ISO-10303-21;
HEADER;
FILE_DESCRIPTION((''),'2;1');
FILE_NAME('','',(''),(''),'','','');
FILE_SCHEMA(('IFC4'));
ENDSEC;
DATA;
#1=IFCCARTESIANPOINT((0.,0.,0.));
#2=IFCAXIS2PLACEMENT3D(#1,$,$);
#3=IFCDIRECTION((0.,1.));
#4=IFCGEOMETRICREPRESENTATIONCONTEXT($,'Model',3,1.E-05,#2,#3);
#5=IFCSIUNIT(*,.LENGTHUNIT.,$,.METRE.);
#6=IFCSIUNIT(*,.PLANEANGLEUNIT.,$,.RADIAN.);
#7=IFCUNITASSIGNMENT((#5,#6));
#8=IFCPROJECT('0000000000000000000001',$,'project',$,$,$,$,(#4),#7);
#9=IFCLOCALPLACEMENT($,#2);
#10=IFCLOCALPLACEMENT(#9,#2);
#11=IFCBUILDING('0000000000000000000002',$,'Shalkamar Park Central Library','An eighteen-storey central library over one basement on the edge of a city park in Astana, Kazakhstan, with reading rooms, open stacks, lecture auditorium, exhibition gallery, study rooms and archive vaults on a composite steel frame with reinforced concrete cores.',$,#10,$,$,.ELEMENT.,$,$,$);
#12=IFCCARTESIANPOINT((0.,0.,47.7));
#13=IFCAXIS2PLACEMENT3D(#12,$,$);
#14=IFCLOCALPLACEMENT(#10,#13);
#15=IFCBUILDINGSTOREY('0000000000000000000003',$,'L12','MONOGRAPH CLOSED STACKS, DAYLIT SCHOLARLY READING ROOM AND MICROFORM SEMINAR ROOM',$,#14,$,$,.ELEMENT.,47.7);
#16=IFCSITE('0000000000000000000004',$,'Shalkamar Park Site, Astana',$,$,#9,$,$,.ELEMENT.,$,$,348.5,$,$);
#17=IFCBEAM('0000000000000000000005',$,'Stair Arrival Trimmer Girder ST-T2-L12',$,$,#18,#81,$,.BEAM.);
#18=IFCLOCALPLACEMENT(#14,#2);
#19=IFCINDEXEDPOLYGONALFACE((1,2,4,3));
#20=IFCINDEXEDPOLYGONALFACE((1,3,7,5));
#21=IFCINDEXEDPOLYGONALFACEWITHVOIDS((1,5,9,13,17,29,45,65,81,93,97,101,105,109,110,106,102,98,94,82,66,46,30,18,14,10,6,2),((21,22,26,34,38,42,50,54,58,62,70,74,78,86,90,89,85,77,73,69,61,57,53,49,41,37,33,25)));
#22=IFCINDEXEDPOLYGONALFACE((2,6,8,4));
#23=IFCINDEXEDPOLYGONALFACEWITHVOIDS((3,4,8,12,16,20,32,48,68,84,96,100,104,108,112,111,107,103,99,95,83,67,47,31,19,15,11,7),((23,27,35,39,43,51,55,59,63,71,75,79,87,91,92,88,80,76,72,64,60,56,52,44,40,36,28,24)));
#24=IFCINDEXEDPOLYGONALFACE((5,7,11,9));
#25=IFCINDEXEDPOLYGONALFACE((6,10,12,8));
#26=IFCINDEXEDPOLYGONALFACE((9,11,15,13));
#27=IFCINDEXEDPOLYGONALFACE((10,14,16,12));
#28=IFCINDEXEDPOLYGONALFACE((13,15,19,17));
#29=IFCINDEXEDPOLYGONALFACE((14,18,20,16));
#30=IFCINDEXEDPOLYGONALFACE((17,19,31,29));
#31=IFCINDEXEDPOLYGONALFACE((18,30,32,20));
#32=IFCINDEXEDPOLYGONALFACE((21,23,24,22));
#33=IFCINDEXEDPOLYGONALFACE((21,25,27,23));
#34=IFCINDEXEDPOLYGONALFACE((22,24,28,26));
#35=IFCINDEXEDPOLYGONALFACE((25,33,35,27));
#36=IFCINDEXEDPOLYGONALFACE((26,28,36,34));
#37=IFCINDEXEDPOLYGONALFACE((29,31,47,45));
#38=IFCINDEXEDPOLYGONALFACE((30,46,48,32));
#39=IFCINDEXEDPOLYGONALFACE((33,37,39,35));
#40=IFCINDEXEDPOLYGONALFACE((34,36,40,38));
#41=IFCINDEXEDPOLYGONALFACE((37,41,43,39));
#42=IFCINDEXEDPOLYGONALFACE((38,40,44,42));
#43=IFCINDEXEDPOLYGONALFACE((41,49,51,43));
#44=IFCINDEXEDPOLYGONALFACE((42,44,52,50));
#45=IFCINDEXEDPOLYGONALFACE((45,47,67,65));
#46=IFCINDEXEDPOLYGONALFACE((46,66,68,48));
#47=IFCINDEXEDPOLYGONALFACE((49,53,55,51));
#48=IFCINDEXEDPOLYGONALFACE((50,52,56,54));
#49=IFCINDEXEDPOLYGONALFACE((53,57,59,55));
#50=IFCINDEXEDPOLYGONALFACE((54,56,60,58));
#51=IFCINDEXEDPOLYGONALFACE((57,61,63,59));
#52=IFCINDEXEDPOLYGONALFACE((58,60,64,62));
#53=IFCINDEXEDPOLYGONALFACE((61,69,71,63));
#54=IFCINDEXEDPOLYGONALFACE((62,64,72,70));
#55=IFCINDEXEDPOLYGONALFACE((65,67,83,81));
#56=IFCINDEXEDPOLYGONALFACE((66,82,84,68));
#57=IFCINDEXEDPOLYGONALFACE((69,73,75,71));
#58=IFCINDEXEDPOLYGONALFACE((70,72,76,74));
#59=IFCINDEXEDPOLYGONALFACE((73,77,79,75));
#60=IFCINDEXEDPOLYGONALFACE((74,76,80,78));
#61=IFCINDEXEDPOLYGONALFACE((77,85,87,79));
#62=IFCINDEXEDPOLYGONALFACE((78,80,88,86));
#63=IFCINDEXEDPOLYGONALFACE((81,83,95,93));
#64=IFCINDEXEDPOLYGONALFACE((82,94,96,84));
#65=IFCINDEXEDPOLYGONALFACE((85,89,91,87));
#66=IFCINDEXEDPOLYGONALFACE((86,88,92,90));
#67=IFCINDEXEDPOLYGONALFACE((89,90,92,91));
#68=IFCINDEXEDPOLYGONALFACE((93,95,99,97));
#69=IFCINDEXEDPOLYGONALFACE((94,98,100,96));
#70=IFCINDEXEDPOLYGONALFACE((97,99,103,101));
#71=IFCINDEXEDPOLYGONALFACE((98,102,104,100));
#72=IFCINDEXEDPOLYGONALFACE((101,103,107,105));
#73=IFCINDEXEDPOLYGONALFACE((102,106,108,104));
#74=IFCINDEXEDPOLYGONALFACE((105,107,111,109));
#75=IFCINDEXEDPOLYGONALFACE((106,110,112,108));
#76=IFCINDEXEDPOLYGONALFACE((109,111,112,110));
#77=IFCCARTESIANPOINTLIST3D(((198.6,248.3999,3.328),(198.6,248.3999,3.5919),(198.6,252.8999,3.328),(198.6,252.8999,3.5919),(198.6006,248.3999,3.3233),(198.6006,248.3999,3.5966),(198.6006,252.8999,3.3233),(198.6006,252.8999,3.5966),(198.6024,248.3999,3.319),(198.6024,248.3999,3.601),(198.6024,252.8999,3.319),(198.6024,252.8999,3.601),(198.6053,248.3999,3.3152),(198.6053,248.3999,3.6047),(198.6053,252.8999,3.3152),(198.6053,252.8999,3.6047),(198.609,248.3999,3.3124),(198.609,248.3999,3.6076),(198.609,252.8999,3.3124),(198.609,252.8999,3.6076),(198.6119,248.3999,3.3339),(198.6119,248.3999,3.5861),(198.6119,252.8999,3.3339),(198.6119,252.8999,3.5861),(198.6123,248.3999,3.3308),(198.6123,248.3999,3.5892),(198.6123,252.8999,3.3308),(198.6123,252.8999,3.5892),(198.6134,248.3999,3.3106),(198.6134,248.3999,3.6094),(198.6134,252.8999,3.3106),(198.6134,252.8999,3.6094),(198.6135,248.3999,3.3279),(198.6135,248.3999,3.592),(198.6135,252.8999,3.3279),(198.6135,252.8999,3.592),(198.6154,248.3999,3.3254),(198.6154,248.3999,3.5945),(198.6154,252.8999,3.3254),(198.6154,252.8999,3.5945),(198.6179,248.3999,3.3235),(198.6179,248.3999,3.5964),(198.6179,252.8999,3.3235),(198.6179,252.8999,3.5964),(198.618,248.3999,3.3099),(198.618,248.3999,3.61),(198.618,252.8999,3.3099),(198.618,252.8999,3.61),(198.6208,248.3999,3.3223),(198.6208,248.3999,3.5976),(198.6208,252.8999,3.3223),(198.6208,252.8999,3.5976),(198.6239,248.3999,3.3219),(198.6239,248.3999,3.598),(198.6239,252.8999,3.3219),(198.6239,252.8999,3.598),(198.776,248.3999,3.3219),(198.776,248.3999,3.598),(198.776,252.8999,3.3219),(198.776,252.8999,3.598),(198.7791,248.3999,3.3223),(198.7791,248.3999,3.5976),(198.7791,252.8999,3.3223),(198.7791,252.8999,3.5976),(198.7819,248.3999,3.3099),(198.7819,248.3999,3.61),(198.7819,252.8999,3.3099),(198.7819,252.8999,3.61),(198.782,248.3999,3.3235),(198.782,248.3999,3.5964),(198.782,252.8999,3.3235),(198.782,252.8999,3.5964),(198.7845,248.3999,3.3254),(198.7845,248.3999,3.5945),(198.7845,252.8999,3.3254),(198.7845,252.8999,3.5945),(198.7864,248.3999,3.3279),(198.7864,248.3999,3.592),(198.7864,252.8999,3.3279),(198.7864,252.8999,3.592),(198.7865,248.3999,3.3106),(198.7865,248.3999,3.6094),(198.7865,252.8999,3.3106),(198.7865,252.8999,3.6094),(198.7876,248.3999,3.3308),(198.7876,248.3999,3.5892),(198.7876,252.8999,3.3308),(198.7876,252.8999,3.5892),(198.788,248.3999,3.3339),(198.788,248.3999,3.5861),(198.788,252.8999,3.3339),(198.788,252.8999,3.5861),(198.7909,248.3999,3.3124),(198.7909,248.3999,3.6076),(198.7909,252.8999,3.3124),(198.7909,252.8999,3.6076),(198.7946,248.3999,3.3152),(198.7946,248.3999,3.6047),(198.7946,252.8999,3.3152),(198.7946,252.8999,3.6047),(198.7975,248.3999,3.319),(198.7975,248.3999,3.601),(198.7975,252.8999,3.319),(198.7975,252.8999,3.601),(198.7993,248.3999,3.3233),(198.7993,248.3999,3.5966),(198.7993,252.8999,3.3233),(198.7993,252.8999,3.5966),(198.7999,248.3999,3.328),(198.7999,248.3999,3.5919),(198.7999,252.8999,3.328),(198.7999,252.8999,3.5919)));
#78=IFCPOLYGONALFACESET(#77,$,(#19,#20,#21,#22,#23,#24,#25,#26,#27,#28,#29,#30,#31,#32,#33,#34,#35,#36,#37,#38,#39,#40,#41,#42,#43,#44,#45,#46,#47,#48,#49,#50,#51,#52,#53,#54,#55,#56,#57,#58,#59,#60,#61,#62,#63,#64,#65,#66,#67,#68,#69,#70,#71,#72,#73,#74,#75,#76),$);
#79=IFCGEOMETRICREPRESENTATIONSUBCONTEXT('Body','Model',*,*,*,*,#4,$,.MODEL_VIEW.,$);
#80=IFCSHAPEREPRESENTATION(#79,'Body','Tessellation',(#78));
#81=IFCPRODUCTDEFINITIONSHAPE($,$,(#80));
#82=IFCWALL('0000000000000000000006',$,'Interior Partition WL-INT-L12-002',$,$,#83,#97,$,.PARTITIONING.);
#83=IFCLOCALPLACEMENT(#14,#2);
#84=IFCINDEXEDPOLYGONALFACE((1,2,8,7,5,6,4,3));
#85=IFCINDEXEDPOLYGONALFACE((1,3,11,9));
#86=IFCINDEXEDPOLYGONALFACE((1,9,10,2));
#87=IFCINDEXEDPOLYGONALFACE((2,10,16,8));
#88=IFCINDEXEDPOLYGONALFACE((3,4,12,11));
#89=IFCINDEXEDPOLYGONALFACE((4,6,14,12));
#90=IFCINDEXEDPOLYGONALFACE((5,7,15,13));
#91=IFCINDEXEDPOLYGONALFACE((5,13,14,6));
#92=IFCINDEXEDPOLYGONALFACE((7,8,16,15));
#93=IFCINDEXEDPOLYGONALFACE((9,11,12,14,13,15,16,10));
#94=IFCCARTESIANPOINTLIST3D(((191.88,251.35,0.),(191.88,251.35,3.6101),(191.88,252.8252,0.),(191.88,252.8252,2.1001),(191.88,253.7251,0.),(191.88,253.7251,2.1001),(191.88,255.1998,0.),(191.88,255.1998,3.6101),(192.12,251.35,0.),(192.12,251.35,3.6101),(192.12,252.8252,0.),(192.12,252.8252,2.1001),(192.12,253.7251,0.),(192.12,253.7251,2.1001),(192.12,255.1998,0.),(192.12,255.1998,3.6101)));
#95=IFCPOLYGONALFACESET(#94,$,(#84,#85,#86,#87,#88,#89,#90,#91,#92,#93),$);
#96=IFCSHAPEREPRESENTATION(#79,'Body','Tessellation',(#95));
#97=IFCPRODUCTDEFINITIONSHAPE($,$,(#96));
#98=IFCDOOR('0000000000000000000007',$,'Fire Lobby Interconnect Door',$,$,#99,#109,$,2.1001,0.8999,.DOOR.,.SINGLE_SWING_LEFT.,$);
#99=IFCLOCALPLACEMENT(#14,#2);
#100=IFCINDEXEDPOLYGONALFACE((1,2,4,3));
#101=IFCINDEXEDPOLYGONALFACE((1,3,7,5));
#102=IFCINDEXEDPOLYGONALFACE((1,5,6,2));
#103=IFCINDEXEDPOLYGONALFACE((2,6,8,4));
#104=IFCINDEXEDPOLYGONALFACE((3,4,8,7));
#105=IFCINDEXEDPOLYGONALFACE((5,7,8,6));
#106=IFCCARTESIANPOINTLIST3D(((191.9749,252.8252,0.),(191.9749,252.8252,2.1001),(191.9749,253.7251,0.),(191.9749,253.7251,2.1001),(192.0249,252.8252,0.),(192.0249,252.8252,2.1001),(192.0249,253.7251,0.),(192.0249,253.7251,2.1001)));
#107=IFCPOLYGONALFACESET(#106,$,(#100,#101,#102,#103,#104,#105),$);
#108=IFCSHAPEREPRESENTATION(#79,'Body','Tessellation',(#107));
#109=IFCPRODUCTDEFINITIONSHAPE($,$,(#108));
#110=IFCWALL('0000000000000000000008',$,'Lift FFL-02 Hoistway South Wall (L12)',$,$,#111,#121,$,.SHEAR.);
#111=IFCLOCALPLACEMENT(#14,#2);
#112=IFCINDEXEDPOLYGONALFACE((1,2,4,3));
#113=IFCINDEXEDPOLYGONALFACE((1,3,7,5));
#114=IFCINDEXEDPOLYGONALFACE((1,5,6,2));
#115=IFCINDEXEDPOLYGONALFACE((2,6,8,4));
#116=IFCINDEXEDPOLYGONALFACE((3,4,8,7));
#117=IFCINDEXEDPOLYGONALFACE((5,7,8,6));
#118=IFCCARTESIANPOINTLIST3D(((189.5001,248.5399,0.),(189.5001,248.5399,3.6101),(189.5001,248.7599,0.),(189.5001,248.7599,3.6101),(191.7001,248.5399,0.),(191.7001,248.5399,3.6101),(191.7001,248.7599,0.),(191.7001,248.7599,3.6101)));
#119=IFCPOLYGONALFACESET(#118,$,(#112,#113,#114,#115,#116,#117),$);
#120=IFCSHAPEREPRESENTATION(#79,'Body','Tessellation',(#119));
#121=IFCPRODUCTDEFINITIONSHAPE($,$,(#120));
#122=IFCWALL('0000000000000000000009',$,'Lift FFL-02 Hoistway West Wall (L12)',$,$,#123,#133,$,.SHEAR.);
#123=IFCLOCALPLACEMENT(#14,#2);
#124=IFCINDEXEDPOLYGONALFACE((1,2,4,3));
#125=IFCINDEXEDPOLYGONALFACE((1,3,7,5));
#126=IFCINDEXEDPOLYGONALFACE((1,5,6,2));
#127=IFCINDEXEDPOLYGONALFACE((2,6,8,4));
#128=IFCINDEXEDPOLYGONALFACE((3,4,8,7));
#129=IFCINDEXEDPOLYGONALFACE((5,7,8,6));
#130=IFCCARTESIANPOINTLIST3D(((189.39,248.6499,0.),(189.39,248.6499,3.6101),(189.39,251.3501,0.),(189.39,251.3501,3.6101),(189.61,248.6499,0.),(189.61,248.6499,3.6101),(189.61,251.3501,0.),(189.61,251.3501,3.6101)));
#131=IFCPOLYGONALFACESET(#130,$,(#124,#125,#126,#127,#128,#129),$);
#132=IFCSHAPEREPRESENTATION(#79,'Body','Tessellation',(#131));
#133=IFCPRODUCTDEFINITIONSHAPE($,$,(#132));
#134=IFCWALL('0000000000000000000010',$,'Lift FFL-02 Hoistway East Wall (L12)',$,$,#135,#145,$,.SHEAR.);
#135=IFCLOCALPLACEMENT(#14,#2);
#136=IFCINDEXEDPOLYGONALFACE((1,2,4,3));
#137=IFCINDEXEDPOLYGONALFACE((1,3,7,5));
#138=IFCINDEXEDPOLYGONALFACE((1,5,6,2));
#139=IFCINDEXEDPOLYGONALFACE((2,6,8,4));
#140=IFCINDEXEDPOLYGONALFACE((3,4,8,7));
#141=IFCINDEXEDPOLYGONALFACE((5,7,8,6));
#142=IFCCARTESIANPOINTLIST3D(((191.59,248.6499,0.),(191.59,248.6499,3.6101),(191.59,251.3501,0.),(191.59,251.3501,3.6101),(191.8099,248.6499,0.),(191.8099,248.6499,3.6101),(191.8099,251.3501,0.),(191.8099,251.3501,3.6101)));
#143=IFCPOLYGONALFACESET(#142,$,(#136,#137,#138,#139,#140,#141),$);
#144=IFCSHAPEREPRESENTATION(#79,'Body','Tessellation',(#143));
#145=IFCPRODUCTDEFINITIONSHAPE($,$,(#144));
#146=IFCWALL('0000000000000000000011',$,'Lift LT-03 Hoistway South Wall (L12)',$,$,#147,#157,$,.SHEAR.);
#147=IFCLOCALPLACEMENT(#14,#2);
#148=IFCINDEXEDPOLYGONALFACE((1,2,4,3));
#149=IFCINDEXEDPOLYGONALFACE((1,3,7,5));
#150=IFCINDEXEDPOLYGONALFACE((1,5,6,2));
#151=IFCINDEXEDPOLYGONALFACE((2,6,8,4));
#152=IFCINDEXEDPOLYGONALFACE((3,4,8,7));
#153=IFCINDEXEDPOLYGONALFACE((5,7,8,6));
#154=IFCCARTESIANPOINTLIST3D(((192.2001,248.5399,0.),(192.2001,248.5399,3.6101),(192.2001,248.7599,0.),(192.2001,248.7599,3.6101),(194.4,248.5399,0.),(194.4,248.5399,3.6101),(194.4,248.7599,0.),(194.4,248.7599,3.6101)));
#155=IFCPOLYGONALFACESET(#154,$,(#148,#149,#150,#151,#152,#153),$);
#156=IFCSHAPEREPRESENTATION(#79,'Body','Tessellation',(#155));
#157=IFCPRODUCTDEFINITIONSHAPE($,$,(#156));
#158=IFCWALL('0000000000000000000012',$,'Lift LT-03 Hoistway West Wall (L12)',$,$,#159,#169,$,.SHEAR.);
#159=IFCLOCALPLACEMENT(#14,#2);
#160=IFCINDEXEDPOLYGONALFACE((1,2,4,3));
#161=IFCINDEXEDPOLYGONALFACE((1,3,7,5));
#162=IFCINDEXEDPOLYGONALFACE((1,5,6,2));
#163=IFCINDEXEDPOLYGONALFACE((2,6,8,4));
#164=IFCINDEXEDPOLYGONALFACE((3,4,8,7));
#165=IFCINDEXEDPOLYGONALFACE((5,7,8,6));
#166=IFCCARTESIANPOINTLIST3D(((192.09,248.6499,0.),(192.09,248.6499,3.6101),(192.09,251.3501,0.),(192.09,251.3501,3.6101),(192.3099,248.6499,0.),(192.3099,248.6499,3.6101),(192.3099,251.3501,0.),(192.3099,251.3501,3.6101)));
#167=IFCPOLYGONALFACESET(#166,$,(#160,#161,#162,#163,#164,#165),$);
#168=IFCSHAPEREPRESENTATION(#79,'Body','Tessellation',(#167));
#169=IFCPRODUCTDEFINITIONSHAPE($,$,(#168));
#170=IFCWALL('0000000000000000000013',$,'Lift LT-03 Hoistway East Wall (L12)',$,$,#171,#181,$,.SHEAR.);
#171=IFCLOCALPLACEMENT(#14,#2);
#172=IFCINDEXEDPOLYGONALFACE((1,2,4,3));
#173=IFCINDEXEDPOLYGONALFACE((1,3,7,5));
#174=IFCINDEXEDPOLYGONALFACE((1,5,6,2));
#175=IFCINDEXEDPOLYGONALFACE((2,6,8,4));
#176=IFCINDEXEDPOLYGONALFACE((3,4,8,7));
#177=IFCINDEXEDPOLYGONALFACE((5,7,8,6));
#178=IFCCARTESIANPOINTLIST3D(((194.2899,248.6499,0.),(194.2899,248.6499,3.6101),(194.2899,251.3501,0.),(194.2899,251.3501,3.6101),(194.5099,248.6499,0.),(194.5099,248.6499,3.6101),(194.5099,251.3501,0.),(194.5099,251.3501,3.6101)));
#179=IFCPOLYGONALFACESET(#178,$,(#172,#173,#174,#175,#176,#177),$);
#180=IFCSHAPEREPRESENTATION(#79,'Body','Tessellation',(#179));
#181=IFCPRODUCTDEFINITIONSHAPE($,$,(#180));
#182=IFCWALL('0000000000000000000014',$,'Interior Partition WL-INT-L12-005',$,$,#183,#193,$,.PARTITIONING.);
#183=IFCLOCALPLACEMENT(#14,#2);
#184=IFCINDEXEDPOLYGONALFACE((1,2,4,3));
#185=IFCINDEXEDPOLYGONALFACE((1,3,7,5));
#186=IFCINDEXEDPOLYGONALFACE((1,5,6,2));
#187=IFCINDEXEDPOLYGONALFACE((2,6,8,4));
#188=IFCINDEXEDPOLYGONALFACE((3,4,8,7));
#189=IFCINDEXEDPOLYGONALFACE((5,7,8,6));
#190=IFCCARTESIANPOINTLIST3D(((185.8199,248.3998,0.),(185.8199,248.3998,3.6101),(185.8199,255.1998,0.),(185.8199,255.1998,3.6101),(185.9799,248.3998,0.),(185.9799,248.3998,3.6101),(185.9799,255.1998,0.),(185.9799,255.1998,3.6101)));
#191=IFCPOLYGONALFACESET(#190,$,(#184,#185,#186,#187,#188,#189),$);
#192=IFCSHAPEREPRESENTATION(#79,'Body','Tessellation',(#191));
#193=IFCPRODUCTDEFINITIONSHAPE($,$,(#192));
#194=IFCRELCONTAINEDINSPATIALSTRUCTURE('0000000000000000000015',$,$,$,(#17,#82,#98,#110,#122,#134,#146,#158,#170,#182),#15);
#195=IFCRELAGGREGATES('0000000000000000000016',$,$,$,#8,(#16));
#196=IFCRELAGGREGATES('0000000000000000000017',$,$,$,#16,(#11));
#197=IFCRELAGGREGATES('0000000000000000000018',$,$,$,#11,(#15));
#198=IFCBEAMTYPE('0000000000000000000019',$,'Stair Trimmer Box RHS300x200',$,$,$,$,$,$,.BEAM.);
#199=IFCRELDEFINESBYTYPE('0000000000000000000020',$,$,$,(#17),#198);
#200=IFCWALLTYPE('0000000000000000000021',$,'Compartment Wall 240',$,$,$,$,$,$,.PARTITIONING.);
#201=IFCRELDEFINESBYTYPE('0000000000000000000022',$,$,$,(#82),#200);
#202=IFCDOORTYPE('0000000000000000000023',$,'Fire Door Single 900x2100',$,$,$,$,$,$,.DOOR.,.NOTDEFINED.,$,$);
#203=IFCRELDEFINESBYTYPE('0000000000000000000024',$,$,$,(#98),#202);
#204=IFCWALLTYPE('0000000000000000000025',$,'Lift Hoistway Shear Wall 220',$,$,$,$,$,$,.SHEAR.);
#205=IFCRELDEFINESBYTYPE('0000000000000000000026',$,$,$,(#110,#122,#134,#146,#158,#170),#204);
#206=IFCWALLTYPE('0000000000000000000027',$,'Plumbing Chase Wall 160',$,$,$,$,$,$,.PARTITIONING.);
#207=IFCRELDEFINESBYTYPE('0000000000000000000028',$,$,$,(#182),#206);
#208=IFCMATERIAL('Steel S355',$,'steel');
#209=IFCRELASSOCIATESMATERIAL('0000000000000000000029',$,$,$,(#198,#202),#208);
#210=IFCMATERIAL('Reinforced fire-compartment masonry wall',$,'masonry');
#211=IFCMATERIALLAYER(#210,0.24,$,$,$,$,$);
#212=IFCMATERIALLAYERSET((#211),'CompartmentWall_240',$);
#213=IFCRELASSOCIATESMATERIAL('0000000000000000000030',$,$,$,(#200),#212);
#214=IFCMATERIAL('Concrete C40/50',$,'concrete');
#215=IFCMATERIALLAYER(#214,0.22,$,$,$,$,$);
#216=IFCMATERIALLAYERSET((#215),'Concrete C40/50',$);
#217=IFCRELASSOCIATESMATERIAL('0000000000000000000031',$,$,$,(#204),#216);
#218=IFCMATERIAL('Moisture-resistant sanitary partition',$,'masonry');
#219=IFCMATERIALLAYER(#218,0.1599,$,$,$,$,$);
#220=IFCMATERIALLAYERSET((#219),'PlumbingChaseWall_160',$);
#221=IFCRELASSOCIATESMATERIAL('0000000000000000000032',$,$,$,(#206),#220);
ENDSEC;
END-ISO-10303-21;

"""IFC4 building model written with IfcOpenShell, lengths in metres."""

from ifc_helpers import new_model, si_unit, direction, frame, frame_2d, origin, origin_2d, place, context, subcontext, project, spatial, rectangle, hollow_rectangle, extrude, material, layer, layer_set, material_profile, profile_set, type_object, element, fill, save


model = new_model("IFC4")

# Units and contexts
model_context = context("Model", 3, precision=1e-05, world=origin(), true_north=direction((0.0, 1.0)))
body_context = subcontext(model_context, "Body", "Model", "MODEL_VIEW")
ifc_project = project(units=[si_unit("LENGTHUNIT", "METRE"), si_unit("PLANEANGLEUNIT", "RADIAN")], contexts=[model_context])

# Site, building, storey
site_placement = place(None, origin())
site = spatial("IfcSite", under=ifc_project, at=site_placement, Name="Shalkamar Park Site, Astana", CompositionType="ELEMENT", RefElevation=348.5)
building_placement = place(site_placement, origin())
building = spatial("IfcBuilding", under=site, at=building_placement, Name="Shalkamar Park Central Library", Description="An eighteen-storey central library over one basement on the edge of a city park in Astana, Kazakhstan, with reading rooms, open stacks, lecture auditorium, exhibition gallery, study rooms and archive vaults on a composite steel frame with reinforced concrete cores.", CompositionType="ELEMENT")
storey_placement = place(building_placement, frame((0.0, 0.0, 47.7)))
storey = spatial("IfcBuildingStorey", under=building, at=storey_placement, Name="L12", Description="MONOGRAPH CLOSED STACKS, DAYLIT SCHOLARLY READING ROOM AND MICROFORM SEMINAR ROOM", CompositionType="ELEMENT", Elevation=47.7)

# Beam
ifc_material_1 = material(Name="Steel S355", Category="steel")
ifc_material_profile_1 = material_profile(ifc_material_1, hollow_rectangle(XDim=0.2, YDim=0.3, WallThickness=0.012, InnerFilletRadius=0.012, OuterFilletRadius=0.0181, at=origin_2d()), Name="RHS 300x200x12")
ifc_profile_set_1 = profile_set([ifc_material_profile_1], Name="Steel S355")
beam_type_1 = type_object("IfcBeamType", Name="Stair Trimmer Box RHS300x200", PredefinedType="BEAM", material=ifc_profile_set_1)
beam_1_placement = place(storey_placement, frame((198.7, 248.3999, 3.46), z_axis=(0.0, 1.0, 0.0), x_axis=(-1.0, 0.0, 0.0)))
element("IfcBeam", 1, at=beam_1_placement, inside=storey, type_object=beam_type_1, Name="Stair Arrival Trimmer Girder ST-T2-L12", PredefinedType="BEAM", context=body_context, shape_type="SweptSolid", body=[
    extrude(hollow_rectangle(XDim=0.2, YDim=0.3, WallThickness=0.012, InnerFilletRadius=0.012, OuterFilletRadius=0.0181, at=origin_2d()), origin(), (0.0, 0.0, 1.0), 4.5),
])

# Wall, opening, door
ifc_material_2 = material(Name="Reinforced fire-compartment masonry wall", Category="masonry")
ifc_layer_1 = layer(ifc_material_2, 0.24)
ifc_layer_set_1 = layer_set([ifc_layer_1], Name="CompartmentWall_240")
wall_type_1 = type_object("IfcWallType", Name="Compartment Wall 240", PredefinedType="PARTITIONING", material=ifc_layer_set_1)
wall_1_placement = place(storey_placement, frame((192.0, 251.3501, 0.0), z_axis=(0.0, 0.0, 1.0), x_axis=(0.0, 1.0, 0.0)))
wall_1 = element("IfcWall", 2, at=wall_1_placement, inside=storey, type_object=wall_type_1, Name="Interior Partition WL-INT-L12-002", PredefinedType="PARTITIONING", context=body_context, shape_type="SweptSolid", body=[
    extrude(rectangle(XDim=3.8499, YDim=0.24, at=frame_2d((1.9248, 0.0))), origin(), (0.0, 0.0, 1.0), 3.6101),
])
opening_1_placement = place(wall_1_placement, frame((1.4751, 0.0, 0.0)))
opening_1 = element("IfcOpeningElement", 3, at=opening_1_placement, cuts=wall_1, PredefinedType="OPENING", context=body_context, shape_type="SweptSolid", body=[
    extrude(rectangle(XDim=0.8999, YDim=2.1001, at=frame_2d((0.45, 1.05))), frame((0.0, 0.1348, 0.0), z_axis=(0.0, -1.0, 0.0), x_axis=(1.0, 0.0, 0.0)), (0.0, 0.0, 1.0), 0.2698),
])
door_type_1 = type_object("IfcDoorType", Name="Fire Door Single 900x2100", OperationType="NOTDEFINED", PredefinedType="DOOR", material=ifc_material_1)
door_1_placement = place(opening_1_placement, frame((0.8999, 0.0, 0.0), z_axis=(0.0, 0.0, 1.0), x_axis=(-1.0, 0.0, 0.0)))
door_1 = element("IfcDoor", 4, at=door_1_placement, inside=storey, type_object=door_type_1, Name="Fire Lobby Interconnect Door", OperationType="SINGLE_SWING_LEFT", OverallHeight=2.1001, OverallWidth=0.8999, PredefinedType="DOOR", context=body_context, shape_type="SweptSolid", body=[
    extrude(rectangle(XDim=0.8999, YDim=2.1001, at=frame_2d((0.45, 1.05))), frame((0.0, 0.0249, 0.0), z_axis=(0.0, -1.0, 0.0), x_axis=(1.0, 0.0, 0.0)), (0.0, 0.0, 1.0), 0.05),
])
fill(opening_1, door_1)

# Walls
ifc_material_3 = material(Name="Concrete C40/50", Category="concrete")
ifc_layer_2 = layer(ifc_material_3, 0.22)
ifc_layer_set_2 = layer_set([ifc_layer_2], Name="Concrete C40/50")
wall_type_2 = type_object("IfcWallType", Name="Lift Hoistway Shear Wall 220", PredefinedType="SHEAR", material=ifc_layer_set_2)
wall_2_placement = place(storey_placement, frame((189.5, 248.6499, 0.0), z_axis=(0.0, 0.0, 1.0), x_axis=(1.0, 0.0, 0.0)))
element("IfcWall", 5, at=wall_2_placement, inside=storey, type_object=wall_type_2, Name="Lift FFL-02 Hoistway South Wall (L12)", PredefinedType="SHEAR", context=body_context, shape_type="SweptSolid", body=[
    extrude(rectangle(XDim=2.2, YDim=0.22, at=frame_2d((1.1001, 0.0))), origin(), (0.0, 0.0, 1.0), 3.6101),
])
for number, where, z_axis, x_axis, name in (
    (6, (189.5, 248.6499, 0.0), (0.0, 0.0, 1.0), (0.0, 1.0, 0.0), "Lift FFL-02 Hoistway West Wall (L12)"),
    (7, (191.7, 248.6499, 0.0), (0.0, 0.0, 1.0), (0.0, 1.0, 0.0), "Lift FFL-02 Hoistway East Wall (L12)"),
):
    element("IfcWall", number, at=place(storey_placement, frame(where, z_axis=z_axis, x_axis=x_axis)), inside=storey, type_object=wall_type_2, Name=name, PredefinedType="SHEAR", context=body_context, shape_type="SweptSolid", body=[
        extrude(rectangle(XDim=2.7002, YDim=0.22, at=frame_2d((1.3501, 0.0))), origin(), (0.0, 0.0, 1.0), 3.6101),
    ])

# Walls
wall_3_placement = place(storey_placement, frame((192.2, 248.6499, 0.0), z_axis=(0.0, 0.0, 1.0), x_axis=(1.0, 0.0, 0.0)))
element("IfcWall", 8, at=wall_3_placement, inside=storey, type_object=wall_type_2, Name="Lift LT-03 Hoistway South Wall (L12)", PredefinedType="SHEAR", context=body_context, shape_type="SweptSolid", body=[
    extrude(rectangle(XDim=2.2, YDim=0.22, at=frame_2d((1.1001, 0.0))), origin(), (0.0, 0.0, 1.0), 3.6101),
])
for number, where, z_axis, x_axis, name in (
    (9, (192.2, 248.6499, 0.0), (0.0, 0.0, 1.0), (0.0, 1.0, 0.0), "Lift LT-03 Hoistway West Wall (L12)"),
    (10, (194.3999, 248.6499, 0.0), (0.0, 0.0, 1.0), (0.0, 1.0, 0.0), "Lift LT-03 Hoistway East Wall (L12)"),
):
    element("IfcWall", number, at=place(storey_placement, frame(where, z_axis=z_axis, x_axis=x_axis)), inside=storey, type_object=wall_type_2, Name=name, PredefinedType="SHEAR", context=body_context, shape_type="SweptSolid", body=[
        extrude(rectangle(XDim=2.7002, YDim=0.22, at=frame_2d((1.3501, 0.0))), origin(), (0.0, 0.0, 1.0), 3.6101),
    ])

# Wall
ifc_material_4 = material(Name="Moisture-resistant sanitary partition", Category="masonry")
ifc_layer_3 = layer(ifc_material_4, 0.1599)
ifc_layer_set_3 = layer_set([ifc_layer_3], Name="PlumbingChaseWall_160")
wall_type_3 = type_object("IfcWallType", Name="Plumbing Chase Wall 160", PredefinedType="PARTITIONING", material=ifc_layer_set_3)
wall_4_placement = place(storey_placement, frame((185.8999, 248.3999, 0.0), z_axis=(0.0, 0.0, 1.0), x_axis=(0.0, 1.0, 0.0)))
element("IfcWall", 11, at=wall_4_placement, inside=storey, type_object=wall_type_3, Name="Interior Partition WL-INT-L12-005", PredefinedType="PARTITIONING", context=body_context, shape_type="SweptSolid", body=[
    extrude(rectangle(XDim=6.8, YDim=0.1599, at=frame_2d((3.3999, 0.0))), origin(), (0.0, 0.0, 1.0), 3.6101),
])

save(model, "model.ifc")
